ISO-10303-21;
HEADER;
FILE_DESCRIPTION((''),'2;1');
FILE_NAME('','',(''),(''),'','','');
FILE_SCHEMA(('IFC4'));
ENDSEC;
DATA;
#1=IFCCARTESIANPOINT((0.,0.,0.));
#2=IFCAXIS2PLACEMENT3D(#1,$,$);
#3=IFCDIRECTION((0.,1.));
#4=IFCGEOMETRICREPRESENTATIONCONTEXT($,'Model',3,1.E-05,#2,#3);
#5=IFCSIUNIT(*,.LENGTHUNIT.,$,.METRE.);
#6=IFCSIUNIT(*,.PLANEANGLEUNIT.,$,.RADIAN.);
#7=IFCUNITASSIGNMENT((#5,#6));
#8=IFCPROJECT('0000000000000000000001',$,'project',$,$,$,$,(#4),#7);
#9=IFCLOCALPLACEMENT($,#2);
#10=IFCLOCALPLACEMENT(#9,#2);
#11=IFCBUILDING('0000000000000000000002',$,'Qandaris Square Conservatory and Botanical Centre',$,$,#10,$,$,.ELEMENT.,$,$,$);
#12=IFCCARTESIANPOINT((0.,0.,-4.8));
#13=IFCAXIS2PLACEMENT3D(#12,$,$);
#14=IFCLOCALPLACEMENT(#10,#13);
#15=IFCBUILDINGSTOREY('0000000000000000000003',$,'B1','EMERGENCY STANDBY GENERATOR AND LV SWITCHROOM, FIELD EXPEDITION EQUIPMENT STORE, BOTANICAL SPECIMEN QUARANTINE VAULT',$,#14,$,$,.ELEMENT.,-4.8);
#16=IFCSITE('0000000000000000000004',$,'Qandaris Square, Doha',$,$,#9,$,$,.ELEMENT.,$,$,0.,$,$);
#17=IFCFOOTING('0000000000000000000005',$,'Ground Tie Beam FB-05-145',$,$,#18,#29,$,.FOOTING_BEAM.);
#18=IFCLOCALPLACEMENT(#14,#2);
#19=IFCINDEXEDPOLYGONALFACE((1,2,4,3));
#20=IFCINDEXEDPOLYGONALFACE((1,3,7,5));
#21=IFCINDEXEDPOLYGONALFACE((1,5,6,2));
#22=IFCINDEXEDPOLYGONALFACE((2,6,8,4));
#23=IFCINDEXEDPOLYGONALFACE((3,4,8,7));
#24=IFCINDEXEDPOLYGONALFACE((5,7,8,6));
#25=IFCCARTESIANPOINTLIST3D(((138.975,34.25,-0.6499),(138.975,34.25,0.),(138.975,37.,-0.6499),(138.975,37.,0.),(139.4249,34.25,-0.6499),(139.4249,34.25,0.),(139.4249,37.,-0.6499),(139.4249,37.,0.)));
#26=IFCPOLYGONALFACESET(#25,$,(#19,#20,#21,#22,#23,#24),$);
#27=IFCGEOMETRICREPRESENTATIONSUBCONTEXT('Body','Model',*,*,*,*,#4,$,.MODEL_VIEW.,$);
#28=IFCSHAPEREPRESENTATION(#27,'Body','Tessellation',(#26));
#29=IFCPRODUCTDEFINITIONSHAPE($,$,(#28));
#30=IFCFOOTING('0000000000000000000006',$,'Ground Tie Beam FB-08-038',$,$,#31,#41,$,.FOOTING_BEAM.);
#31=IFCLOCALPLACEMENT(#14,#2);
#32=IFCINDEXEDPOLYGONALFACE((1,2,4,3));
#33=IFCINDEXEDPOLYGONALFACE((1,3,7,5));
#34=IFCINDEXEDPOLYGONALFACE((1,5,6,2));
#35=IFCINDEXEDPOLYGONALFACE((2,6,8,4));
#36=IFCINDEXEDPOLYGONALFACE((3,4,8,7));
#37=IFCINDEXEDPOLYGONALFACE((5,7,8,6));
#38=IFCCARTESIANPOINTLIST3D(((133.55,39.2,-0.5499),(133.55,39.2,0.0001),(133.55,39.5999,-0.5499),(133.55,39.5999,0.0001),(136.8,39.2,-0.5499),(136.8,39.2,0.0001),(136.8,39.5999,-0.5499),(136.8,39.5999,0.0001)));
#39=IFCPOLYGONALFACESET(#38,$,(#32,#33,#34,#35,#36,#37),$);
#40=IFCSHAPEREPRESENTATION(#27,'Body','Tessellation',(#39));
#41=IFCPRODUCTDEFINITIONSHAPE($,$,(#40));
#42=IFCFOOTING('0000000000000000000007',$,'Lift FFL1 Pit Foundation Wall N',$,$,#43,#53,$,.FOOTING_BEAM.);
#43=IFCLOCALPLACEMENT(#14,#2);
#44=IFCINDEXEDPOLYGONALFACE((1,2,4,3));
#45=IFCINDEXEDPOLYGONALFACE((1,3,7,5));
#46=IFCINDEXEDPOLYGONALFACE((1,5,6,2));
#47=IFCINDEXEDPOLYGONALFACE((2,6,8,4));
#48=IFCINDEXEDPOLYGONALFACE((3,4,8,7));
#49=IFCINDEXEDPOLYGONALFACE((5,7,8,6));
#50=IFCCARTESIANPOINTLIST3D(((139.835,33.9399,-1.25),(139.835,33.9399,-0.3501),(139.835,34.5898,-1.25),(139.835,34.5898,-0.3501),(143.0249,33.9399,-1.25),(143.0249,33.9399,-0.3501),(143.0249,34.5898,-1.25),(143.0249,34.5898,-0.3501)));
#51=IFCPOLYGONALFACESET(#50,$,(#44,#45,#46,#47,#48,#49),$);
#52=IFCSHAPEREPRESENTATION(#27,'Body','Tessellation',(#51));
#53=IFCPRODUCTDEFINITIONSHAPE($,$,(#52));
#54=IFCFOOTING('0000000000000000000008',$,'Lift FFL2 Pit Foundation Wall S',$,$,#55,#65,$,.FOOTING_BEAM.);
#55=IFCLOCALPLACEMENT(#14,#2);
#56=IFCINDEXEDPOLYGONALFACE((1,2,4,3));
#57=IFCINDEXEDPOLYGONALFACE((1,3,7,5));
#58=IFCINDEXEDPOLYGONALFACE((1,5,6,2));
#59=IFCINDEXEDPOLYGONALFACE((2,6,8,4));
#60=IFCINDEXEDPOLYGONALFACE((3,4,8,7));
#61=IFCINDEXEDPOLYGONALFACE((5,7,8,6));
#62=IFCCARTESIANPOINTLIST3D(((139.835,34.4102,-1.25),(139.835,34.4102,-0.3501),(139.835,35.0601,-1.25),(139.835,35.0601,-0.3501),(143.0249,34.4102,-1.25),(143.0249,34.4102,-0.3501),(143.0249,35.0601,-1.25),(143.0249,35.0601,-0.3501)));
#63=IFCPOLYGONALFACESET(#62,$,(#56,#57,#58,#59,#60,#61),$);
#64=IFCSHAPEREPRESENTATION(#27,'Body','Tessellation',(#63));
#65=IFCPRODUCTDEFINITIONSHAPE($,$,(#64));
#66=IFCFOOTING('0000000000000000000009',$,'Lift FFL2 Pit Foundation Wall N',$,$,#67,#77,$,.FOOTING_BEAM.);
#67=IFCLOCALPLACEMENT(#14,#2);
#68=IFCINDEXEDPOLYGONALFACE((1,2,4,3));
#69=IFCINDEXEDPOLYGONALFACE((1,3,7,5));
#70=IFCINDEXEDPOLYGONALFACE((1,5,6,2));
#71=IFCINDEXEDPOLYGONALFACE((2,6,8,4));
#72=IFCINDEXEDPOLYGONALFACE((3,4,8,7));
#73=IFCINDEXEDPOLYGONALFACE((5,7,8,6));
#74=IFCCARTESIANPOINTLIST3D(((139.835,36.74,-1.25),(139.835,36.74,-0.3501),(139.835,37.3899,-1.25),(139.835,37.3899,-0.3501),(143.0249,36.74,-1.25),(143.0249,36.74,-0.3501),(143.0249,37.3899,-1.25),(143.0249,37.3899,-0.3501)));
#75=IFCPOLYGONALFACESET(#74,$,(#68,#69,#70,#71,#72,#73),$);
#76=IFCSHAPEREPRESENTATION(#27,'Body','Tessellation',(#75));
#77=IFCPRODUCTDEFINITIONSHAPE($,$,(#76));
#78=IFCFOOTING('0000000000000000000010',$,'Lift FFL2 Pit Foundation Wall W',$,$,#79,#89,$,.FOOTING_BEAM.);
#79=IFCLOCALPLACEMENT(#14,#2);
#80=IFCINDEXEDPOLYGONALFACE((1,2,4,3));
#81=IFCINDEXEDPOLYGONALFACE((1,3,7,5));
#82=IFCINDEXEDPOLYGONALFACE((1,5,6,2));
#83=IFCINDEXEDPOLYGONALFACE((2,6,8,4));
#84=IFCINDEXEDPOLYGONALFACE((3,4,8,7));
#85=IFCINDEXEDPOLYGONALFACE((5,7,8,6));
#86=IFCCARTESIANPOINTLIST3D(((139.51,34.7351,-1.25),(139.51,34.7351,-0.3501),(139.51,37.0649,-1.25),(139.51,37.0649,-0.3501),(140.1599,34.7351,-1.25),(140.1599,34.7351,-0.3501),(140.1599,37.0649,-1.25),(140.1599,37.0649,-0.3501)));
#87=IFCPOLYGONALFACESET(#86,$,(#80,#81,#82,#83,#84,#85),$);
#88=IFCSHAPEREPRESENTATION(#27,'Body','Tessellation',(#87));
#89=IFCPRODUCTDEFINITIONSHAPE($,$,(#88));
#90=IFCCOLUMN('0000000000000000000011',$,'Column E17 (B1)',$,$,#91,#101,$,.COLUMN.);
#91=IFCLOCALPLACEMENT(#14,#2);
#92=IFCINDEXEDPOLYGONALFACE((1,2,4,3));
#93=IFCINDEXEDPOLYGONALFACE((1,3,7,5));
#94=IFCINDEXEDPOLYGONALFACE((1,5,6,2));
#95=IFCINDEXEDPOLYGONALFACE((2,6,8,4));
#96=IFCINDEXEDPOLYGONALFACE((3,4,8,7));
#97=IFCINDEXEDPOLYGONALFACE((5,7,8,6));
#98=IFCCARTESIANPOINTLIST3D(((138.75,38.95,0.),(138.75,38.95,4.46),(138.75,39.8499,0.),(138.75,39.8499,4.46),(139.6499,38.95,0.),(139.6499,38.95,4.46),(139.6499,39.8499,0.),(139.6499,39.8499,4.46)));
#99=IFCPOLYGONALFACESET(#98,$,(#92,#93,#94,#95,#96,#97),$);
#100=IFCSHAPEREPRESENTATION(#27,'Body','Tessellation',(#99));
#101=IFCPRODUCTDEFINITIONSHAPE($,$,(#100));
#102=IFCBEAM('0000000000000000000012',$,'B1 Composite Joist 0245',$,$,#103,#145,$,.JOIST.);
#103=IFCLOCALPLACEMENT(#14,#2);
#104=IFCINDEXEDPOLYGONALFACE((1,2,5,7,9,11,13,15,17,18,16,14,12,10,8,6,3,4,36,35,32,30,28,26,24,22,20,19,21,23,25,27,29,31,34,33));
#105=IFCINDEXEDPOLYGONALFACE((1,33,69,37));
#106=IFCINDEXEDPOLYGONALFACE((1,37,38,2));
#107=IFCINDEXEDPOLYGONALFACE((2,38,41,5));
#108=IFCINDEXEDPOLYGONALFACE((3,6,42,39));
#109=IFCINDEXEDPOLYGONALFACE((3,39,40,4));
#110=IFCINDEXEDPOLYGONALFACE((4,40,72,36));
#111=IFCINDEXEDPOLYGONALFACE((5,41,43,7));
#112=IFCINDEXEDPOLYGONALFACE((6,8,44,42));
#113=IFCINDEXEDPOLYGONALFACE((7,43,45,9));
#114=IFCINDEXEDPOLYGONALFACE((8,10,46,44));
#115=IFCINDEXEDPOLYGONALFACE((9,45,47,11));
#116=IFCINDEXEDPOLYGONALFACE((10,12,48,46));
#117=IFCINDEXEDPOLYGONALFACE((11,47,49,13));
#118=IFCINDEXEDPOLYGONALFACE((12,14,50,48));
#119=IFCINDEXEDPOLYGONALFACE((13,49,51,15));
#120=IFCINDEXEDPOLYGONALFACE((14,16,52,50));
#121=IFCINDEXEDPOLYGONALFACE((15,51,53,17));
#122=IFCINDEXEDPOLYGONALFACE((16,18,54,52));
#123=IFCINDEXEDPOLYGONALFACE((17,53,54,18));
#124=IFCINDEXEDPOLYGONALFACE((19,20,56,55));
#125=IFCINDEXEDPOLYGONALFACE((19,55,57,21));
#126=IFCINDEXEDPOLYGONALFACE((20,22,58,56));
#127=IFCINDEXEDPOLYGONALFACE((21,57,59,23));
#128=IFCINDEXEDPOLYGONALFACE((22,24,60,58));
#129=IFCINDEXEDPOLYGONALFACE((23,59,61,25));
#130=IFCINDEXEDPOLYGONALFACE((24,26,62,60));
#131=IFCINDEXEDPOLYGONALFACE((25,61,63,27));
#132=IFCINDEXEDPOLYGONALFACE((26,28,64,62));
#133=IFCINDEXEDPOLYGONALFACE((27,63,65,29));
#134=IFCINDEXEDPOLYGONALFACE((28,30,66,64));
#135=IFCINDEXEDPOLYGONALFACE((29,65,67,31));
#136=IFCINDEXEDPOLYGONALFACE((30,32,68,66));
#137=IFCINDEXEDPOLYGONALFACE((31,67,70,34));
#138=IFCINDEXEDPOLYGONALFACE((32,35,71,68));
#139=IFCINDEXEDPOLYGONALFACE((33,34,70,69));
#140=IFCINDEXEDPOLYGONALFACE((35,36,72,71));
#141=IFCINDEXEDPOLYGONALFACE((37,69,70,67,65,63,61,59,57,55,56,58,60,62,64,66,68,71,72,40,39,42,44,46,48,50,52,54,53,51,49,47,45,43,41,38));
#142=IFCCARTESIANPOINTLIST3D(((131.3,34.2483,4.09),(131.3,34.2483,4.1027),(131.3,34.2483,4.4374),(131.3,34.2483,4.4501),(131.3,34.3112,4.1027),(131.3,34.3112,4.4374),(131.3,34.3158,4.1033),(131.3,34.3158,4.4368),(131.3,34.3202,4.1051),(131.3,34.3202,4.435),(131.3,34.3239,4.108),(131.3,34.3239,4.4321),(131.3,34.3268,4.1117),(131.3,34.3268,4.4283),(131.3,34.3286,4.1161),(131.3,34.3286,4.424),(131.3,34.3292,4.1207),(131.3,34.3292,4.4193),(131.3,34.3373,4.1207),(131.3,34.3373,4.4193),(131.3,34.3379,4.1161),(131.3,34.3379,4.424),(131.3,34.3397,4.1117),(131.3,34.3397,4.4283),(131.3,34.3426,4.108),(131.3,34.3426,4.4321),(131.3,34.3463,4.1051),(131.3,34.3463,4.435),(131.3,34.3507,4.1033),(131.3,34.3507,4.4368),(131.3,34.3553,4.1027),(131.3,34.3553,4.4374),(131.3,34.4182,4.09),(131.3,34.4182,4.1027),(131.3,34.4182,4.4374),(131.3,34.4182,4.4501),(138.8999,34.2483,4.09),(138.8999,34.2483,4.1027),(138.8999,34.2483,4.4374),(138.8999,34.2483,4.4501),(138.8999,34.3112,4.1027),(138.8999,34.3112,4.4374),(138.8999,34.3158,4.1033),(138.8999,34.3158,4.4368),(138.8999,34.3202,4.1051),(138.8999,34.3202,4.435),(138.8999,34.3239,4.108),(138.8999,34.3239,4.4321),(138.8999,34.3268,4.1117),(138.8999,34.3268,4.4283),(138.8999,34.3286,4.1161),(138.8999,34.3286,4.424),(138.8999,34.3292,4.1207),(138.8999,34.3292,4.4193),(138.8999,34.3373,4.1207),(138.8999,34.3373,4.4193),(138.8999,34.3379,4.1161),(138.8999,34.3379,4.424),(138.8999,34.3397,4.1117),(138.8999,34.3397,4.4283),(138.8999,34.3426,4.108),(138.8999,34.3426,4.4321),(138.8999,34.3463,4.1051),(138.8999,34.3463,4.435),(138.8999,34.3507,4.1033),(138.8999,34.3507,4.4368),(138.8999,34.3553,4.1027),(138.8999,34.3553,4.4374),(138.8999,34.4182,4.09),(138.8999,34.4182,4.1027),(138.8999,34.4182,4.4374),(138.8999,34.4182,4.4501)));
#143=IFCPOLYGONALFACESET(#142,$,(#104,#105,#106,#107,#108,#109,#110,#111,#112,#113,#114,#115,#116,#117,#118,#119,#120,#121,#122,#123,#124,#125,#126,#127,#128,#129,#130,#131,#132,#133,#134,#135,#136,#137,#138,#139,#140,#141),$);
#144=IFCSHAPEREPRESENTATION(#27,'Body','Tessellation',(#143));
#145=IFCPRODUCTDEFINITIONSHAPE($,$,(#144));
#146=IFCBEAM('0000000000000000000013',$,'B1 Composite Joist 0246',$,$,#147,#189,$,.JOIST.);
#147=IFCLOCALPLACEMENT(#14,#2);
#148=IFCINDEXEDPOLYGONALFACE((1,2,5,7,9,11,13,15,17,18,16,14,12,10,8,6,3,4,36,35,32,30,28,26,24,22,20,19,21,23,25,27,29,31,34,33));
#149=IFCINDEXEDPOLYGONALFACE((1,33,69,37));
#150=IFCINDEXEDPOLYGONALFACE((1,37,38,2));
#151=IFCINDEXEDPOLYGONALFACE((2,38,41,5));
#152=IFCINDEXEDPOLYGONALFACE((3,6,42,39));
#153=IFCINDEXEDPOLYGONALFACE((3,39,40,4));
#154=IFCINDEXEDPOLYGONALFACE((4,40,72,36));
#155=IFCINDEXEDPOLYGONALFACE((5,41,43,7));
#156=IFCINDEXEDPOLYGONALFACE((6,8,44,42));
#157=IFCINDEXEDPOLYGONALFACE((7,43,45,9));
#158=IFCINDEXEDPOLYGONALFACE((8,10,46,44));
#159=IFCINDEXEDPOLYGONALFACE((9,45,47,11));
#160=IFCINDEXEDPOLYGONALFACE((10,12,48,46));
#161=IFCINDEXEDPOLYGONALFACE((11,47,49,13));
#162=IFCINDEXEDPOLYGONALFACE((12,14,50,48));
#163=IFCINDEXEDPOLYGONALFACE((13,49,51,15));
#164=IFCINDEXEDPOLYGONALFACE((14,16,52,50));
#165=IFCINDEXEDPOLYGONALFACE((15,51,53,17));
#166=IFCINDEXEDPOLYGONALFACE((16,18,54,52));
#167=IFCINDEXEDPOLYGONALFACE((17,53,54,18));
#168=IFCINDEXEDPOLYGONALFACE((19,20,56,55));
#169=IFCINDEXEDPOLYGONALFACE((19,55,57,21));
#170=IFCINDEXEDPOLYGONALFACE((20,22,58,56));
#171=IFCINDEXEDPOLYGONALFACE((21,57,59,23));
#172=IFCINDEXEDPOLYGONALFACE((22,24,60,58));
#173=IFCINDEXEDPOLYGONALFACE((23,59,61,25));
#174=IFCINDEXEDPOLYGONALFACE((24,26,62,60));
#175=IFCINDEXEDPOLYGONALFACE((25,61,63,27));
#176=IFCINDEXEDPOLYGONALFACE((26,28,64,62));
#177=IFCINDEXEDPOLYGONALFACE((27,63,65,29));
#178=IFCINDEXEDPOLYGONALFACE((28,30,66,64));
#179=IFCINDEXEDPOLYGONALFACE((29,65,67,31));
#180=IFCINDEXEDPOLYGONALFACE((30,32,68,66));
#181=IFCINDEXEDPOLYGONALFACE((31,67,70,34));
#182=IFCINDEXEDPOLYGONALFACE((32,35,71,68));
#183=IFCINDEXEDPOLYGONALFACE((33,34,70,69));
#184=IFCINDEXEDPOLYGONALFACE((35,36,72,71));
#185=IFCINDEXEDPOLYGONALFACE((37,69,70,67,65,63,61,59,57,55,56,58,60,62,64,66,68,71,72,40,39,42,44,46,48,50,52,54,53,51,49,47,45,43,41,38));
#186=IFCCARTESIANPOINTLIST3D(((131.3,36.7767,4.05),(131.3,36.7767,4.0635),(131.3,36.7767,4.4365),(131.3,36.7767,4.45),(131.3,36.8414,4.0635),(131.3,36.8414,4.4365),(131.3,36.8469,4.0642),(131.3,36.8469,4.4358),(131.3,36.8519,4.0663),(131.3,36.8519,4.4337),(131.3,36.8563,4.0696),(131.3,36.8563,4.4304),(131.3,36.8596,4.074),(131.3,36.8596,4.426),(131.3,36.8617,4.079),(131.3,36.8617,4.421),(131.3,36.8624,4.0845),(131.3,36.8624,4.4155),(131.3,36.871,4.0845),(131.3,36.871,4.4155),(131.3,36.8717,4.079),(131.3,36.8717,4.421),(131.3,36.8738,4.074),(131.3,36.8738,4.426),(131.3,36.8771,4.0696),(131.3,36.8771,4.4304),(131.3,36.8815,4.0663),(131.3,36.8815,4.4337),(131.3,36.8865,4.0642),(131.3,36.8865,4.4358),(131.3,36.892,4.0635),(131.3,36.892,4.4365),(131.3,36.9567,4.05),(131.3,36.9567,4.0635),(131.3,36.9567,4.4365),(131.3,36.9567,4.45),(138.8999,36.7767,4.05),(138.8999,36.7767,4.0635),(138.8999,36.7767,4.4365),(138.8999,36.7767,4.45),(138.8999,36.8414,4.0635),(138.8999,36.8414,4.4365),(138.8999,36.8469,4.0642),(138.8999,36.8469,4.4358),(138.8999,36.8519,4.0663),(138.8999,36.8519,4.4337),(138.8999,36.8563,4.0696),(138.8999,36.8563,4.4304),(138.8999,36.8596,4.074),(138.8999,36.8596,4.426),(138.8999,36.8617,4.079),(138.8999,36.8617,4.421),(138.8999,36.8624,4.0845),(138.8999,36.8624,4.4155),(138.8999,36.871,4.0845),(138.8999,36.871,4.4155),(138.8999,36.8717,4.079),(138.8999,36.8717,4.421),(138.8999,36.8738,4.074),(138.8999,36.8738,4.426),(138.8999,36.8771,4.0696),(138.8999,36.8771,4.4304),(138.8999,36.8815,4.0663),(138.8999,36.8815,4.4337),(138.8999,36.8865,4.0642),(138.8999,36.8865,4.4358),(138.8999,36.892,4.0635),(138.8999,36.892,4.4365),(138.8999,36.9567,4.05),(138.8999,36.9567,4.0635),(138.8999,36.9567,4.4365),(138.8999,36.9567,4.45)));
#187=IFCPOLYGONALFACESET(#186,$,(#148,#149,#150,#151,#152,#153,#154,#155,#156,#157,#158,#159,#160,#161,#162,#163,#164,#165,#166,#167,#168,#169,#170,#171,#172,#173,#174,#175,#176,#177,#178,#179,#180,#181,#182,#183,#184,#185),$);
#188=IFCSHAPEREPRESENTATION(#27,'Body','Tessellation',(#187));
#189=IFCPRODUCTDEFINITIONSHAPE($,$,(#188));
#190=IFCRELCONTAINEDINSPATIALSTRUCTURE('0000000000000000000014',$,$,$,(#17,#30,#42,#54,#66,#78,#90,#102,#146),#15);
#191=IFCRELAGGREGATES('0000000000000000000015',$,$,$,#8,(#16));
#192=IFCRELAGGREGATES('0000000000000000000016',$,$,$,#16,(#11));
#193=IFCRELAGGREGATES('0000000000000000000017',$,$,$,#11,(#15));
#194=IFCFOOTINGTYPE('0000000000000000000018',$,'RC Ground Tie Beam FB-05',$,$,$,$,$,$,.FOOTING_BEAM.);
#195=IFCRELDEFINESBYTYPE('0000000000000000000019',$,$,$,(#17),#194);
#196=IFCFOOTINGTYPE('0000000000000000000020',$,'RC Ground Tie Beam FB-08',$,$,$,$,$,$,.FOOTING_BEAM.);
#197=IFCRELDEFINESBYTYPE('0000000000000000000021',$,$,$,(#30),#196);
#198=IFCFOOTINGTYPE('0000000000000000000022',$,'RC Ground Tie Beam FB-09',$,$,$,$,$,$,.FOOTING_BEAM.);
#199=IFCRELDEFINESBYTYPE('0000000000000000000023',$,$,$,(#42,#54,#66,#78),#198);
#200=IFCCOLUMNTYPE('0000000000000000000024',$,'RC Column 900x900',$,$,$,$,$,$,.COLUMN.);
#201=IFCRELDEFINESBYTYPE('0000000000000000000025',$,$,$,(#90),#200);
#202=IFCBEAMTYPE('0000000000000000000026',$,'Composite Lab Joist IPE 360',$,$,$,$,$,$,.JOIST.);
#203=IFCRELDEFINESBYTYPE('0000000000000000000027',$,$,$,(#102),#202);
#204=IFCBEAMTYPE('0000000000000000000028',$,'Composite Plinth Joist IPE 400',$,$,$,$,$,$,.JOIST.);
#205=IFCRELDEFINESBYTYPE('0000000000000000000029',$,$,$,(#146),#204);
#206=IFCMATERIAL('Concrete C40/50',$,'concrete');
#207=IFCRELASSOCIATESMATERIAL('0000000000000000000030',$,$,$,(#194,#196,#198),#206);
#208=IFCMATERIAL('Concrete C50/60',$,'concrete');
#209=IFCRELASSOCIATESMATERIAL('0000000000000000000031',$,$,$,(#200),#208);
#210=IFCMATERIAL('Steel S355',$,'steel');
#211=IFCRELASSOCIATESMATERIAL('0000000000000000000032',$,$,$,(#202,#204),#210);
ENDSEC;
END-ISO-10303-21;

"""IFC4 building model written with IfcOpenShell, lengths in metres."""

from ifc_helpers import new_model, si_unit, direction, frame, origin, origin_2d, place, context, subcontext, project, spatial, rectangle, i_section, extrude, material, material_profile, profile_set, type_object, element, save


model = new_model("IFC4")

# Units and contexts
model_context = context("Model", 3, precision=1e-05, world=origin(), true_north=direction((0.0, 1.0)))
body_context = subcontext(model_context, "Body", "Model", "MODEL_VIEW")
ifc_project = project(units=[si_unit("LENGTHUNIT", "METRE"), si_unit("PLANEANGLEUNIT", "RADIAN")], contexts=[model_context])

# Site, building, storey
site_placement = place(None, origin())
site = spatial("IfcSite", under=ifc_project, at=site_placement, Name="Qandaris Square, Doha", CompositionType="ELEMENT", RefElevation=0.0)
building_placement = place(site_placement, origin())
building = spatial("IfcBuilding", under=site, at=building_placement, Name="Qandaris Square Conservatory and Botanical Centre", CompositionType="ELEMENT")
storey_placement = place(building_placement, frame((0.0, 0.0, -4.8)))
storey = spatial("IfcBuildingStorey", under=building, at=storey_placement, Name="B1", Description="EMERGENCY STANDBY GENERATOR AND LV SWITCHROOM, FIELD EXPEDITION EQUIPMENT STORE, BOTANICAL SPECIMEN QUARANTINE VAULT", CompositionType="ELEMENT", Elevation=-4.8)

# Shared definitions
ifc_material_1 = material(Name="Concrete C50/60", Category="concrete")

# Footings
ifc_material_2 = material(Name="Concrete C40/50", Category="concrete")
ifc_material_profile_1 = material_profile(ifc_material_2, rectangle(XDim=0.45, YDim=0.6499, at=origin_2d()), Name="FB 450x650")
ifc_profile_set_1 = profile_set([ifc_material_profile_1], Name="Concrete C40/50")
footing_type_1 = type_object("IfcFootingType", Name="RC Ground Tie Beam FB-05", PredefinedType="FOOTING_BEAM", material=ifc_profile_set_1)
footing_1_placement = place(storey_placement, frame((139.2, 34.25, -0.325), z_axis=(0.0, 1.0, 0.0), x_axis=(-1.0, 0.0, 0.0)))
element("IfcFooting", 1, at=footing_1_placement, inside=storey, type_object=footing_type_1, Name="Ground Tie Beam FB-05-145", PredefinedType="FOOTING_BEAM", context=body_context, shape_type="SweptSolid", body=[
    extrude(rectangle(XDim=0.45, YDim=0.6499, at=origin_2d()), origin(), (0.0, 0.0, 1.0), 2.75),
])
ifc_material_profile_2 = material_profile(ifc_material_2, rectangle(XDim=0.3999, YDim=0.55, at=origin_2d()), Name="FB 400x550")
ifc_profile_set_2 = profile_set([ifc_material_profile_2], Name="Concrete C40/50")
footing_type_2 = type_object("IfcFootingType", Name="RC Ground Tie Beam FB-08", PredefinedType="FOOTING_BEAM", material=ifc_profile_set_2)
footing_2_placement = place(storey_placement, frame((133.55, 39.3999, -0.2749), z_axis=(1.0, 0.0, 0.0), x_axis=(0.0, 1.0, 0.0)))
element("IfcFooting", 2, at=footing_2_placement, inside=storey, type_object=footing_type_2, Name="Ground Tie Beam FB-08-038", PredefinedType="FOOTING_BEAM", context=body_context, shape_type="SweptSolid", body=[
    extrude(rectangle(XDim=0.3999, YDim=0.55, at=origin_2d()), origin(), (0.0, 0.0, 1.0), 3.25),
])
ifc_material_profile_3 = material_profile(ifc_material_2, rectangle(XDim=0.6499, YDim=0.8999, at=origin_2d()), Name="FB 650x900")
ifc_profile_set_3 = profile_set([ifc_material_profile_3], Name="Concrete C40/50")
footing_type_3 = type_object("IfcFootingType", Name="RC Ground Tie Beam FB-09", PredefinedType="FOOTING_BEAM", material=ifc_profile_set_3)
for number, where, z_axis, x_axis, name in (
    (3, (139.835, 34.2649, -0.8), (1.0, 0.0, 0.0), (0.0, 1.0, 0.0), "Lift FFL1 Pit Foundation Wall N"),
    (4, (139.835, 34.7351, -0.8), (1.0, 0.0, 0.0), (0.0, 1.0, 0.0), "Lift FFL2 Pit Foundation Wall S"),
    (5, (139.835, 37.0649, -0.8), (1.0, 0.0, 0.0), (0.0, 1.0, 0.0), "Lift FFL2 Pit Foundation Wall N"),
):
    element("IfcFooting", number, at=place(storey_placement, frame(where, z_axis=z_axis, x_axis=x_axis)), inside=storey, type_object=footing_type_3, Name=name, PredefinedType="FOOTING_BEAM", context=body_context, shape_type="SweptSolid", body=[
        extrude(rectangle(XDim=0.6499, YDim=0.8999, at=origin_2d()), origin(), (0.0, 0.0, 1.0), 3.1899),
    ])
footing_3_placement = place(storey_placement, frame((139.835, 34.7351, -0.8), z_axis=(0.0, 1.0, 0.0), x_axis=(-1.0, 0.0, 0.0)))
element("IfcFooting", 6, at=footing_3_placement, inside=storey, type_object=footing_type_3, Name="Lift FFL2 Pit Foundation Wall W", PredefinedType="FOOTING_BEAM", context=body_context, shape_type="SweptSolid", body=[
    extrude(rectangle(XDim=0.6499, YDim=0.8999, at=origin_2d()), origin(), (0.0, 0.0, 1.0), 2.3298),
])

# Column
ifc_material_profile_4 = material_profile(ifc_material_1, rectangle(XDim=0.8999, YDim=0.8999, at=origin_2d()), Name="RC-COL 900x900")
ifc_profile_set_4 = profile_set([ifc_material_profile_4], Name="Concrete C50/60")
column_type = type_object("IfcColumnType", Name="RC Column 900x900", PredefinedType="COLUMN", material=ifc_profile_set_4)
column_placement = place(storey_placement, frame((139.2, 39.3999, 0.0), z_axis=(0.0, 0.0, 1.0), x_axis=(1.0, 0.0, 0.0)))
element("IfcColumn", 7, at=column_placement, inside=storey, type_object=column_type, Name="Column E17 (B1)", PredefinedType="COLUMN", context=body_context, shape_type="SweptSolid", body=[
    extrude(rectangle(XDim=0.8999, YDim=0.8999, at=origin_2d()), origin(), (0.0, 0.0, 1.0), 4.46),
])

# Beams
ifc_material_3 = material(Name="Steel S355", Category="steel")
ifc_material_profile_5 = material_profile(ifc_material_3, i_section(OverallWidth=0.1699, OverallDepth=0.3601, WebThickness=0.0081, FlangeThickness=0.0127, FilletRadius=0.0181, at=origin_2d()), Name="IPE 360")
ifc_profile_set_5 = profile_set([ifc_material_profile_5], Name="Steel S355")
beam_type_1 = type_object("IfcBeamType", Name="Composite Lab Joist IPE 360", PredefinedType="JOIST", material=ifc_profile_set_5)
beam_1_placement = place(storey_placement, frame((131.3, 34.3333, 4.27), z_axis=(1.0, 0.0, 0.0), x_axis=(0.0, 1.0, 0.0)))
element("IfcBeam", 8, at=beam_1_placement, inside=storey, type_object=beam_type_1, Name="B1 Composite Joist 0245", PredefinedType="JOIST", context=body_context, shape_type="SweptSolid", body=[
    extrude(i_section(OverallWidth=0.1699, OverallDepth=0.3601, WebThickness=0.0081, FlangeThickness=0.0127, FilletRadius=0.0181, at=origin_2d()), origin(), (0.0, 0.0, 1.0), 7.5999),
])
ifc_material_profile_6 = material_profile(ifc_material_3, i_section(OverallWidth=0.1799, OverallDepth=0.3999, WebThickness=0.0085, FlangeThickness=0.0134, FilletRadius=0.021, at=origin_2d()), Name="IPE 400")
ifc_profile_set_6 = profile_set([ifc_material_profile_6], Name="Steel S355")
beam_type_2 = type_object("IfcBeamType", Name="Composite Plinth Joist IPE 400", PredefinedType="JOIST", material=ifc_profile_set_6)
beam_2_placement = place(storey_placement, frame((131.3, 36.8667, 4.25), z_axis=(1.0, 0.0, 0.0), x_axis=(0.0, 1.0, 0.0)))
element("IfcBeam", 9, at=beam_2_placement, inside=storey, type_object=beam_type_2, Name="B1 Composite Joist 0246", PredefinedType="JOIST", context=body_context, shape_type="SweptSolid", body=[
    extrude(i_section(OverallWidth=0.1799, OverallDepth=0.3999, WebThickness=0.0085, FlangeThickness=0.0134, FilletRadius=0.021, at=origin_2d()), origin(), (0.0, 0.0, 1.0), 7.5999),
])

save(model, "model.ifc")
